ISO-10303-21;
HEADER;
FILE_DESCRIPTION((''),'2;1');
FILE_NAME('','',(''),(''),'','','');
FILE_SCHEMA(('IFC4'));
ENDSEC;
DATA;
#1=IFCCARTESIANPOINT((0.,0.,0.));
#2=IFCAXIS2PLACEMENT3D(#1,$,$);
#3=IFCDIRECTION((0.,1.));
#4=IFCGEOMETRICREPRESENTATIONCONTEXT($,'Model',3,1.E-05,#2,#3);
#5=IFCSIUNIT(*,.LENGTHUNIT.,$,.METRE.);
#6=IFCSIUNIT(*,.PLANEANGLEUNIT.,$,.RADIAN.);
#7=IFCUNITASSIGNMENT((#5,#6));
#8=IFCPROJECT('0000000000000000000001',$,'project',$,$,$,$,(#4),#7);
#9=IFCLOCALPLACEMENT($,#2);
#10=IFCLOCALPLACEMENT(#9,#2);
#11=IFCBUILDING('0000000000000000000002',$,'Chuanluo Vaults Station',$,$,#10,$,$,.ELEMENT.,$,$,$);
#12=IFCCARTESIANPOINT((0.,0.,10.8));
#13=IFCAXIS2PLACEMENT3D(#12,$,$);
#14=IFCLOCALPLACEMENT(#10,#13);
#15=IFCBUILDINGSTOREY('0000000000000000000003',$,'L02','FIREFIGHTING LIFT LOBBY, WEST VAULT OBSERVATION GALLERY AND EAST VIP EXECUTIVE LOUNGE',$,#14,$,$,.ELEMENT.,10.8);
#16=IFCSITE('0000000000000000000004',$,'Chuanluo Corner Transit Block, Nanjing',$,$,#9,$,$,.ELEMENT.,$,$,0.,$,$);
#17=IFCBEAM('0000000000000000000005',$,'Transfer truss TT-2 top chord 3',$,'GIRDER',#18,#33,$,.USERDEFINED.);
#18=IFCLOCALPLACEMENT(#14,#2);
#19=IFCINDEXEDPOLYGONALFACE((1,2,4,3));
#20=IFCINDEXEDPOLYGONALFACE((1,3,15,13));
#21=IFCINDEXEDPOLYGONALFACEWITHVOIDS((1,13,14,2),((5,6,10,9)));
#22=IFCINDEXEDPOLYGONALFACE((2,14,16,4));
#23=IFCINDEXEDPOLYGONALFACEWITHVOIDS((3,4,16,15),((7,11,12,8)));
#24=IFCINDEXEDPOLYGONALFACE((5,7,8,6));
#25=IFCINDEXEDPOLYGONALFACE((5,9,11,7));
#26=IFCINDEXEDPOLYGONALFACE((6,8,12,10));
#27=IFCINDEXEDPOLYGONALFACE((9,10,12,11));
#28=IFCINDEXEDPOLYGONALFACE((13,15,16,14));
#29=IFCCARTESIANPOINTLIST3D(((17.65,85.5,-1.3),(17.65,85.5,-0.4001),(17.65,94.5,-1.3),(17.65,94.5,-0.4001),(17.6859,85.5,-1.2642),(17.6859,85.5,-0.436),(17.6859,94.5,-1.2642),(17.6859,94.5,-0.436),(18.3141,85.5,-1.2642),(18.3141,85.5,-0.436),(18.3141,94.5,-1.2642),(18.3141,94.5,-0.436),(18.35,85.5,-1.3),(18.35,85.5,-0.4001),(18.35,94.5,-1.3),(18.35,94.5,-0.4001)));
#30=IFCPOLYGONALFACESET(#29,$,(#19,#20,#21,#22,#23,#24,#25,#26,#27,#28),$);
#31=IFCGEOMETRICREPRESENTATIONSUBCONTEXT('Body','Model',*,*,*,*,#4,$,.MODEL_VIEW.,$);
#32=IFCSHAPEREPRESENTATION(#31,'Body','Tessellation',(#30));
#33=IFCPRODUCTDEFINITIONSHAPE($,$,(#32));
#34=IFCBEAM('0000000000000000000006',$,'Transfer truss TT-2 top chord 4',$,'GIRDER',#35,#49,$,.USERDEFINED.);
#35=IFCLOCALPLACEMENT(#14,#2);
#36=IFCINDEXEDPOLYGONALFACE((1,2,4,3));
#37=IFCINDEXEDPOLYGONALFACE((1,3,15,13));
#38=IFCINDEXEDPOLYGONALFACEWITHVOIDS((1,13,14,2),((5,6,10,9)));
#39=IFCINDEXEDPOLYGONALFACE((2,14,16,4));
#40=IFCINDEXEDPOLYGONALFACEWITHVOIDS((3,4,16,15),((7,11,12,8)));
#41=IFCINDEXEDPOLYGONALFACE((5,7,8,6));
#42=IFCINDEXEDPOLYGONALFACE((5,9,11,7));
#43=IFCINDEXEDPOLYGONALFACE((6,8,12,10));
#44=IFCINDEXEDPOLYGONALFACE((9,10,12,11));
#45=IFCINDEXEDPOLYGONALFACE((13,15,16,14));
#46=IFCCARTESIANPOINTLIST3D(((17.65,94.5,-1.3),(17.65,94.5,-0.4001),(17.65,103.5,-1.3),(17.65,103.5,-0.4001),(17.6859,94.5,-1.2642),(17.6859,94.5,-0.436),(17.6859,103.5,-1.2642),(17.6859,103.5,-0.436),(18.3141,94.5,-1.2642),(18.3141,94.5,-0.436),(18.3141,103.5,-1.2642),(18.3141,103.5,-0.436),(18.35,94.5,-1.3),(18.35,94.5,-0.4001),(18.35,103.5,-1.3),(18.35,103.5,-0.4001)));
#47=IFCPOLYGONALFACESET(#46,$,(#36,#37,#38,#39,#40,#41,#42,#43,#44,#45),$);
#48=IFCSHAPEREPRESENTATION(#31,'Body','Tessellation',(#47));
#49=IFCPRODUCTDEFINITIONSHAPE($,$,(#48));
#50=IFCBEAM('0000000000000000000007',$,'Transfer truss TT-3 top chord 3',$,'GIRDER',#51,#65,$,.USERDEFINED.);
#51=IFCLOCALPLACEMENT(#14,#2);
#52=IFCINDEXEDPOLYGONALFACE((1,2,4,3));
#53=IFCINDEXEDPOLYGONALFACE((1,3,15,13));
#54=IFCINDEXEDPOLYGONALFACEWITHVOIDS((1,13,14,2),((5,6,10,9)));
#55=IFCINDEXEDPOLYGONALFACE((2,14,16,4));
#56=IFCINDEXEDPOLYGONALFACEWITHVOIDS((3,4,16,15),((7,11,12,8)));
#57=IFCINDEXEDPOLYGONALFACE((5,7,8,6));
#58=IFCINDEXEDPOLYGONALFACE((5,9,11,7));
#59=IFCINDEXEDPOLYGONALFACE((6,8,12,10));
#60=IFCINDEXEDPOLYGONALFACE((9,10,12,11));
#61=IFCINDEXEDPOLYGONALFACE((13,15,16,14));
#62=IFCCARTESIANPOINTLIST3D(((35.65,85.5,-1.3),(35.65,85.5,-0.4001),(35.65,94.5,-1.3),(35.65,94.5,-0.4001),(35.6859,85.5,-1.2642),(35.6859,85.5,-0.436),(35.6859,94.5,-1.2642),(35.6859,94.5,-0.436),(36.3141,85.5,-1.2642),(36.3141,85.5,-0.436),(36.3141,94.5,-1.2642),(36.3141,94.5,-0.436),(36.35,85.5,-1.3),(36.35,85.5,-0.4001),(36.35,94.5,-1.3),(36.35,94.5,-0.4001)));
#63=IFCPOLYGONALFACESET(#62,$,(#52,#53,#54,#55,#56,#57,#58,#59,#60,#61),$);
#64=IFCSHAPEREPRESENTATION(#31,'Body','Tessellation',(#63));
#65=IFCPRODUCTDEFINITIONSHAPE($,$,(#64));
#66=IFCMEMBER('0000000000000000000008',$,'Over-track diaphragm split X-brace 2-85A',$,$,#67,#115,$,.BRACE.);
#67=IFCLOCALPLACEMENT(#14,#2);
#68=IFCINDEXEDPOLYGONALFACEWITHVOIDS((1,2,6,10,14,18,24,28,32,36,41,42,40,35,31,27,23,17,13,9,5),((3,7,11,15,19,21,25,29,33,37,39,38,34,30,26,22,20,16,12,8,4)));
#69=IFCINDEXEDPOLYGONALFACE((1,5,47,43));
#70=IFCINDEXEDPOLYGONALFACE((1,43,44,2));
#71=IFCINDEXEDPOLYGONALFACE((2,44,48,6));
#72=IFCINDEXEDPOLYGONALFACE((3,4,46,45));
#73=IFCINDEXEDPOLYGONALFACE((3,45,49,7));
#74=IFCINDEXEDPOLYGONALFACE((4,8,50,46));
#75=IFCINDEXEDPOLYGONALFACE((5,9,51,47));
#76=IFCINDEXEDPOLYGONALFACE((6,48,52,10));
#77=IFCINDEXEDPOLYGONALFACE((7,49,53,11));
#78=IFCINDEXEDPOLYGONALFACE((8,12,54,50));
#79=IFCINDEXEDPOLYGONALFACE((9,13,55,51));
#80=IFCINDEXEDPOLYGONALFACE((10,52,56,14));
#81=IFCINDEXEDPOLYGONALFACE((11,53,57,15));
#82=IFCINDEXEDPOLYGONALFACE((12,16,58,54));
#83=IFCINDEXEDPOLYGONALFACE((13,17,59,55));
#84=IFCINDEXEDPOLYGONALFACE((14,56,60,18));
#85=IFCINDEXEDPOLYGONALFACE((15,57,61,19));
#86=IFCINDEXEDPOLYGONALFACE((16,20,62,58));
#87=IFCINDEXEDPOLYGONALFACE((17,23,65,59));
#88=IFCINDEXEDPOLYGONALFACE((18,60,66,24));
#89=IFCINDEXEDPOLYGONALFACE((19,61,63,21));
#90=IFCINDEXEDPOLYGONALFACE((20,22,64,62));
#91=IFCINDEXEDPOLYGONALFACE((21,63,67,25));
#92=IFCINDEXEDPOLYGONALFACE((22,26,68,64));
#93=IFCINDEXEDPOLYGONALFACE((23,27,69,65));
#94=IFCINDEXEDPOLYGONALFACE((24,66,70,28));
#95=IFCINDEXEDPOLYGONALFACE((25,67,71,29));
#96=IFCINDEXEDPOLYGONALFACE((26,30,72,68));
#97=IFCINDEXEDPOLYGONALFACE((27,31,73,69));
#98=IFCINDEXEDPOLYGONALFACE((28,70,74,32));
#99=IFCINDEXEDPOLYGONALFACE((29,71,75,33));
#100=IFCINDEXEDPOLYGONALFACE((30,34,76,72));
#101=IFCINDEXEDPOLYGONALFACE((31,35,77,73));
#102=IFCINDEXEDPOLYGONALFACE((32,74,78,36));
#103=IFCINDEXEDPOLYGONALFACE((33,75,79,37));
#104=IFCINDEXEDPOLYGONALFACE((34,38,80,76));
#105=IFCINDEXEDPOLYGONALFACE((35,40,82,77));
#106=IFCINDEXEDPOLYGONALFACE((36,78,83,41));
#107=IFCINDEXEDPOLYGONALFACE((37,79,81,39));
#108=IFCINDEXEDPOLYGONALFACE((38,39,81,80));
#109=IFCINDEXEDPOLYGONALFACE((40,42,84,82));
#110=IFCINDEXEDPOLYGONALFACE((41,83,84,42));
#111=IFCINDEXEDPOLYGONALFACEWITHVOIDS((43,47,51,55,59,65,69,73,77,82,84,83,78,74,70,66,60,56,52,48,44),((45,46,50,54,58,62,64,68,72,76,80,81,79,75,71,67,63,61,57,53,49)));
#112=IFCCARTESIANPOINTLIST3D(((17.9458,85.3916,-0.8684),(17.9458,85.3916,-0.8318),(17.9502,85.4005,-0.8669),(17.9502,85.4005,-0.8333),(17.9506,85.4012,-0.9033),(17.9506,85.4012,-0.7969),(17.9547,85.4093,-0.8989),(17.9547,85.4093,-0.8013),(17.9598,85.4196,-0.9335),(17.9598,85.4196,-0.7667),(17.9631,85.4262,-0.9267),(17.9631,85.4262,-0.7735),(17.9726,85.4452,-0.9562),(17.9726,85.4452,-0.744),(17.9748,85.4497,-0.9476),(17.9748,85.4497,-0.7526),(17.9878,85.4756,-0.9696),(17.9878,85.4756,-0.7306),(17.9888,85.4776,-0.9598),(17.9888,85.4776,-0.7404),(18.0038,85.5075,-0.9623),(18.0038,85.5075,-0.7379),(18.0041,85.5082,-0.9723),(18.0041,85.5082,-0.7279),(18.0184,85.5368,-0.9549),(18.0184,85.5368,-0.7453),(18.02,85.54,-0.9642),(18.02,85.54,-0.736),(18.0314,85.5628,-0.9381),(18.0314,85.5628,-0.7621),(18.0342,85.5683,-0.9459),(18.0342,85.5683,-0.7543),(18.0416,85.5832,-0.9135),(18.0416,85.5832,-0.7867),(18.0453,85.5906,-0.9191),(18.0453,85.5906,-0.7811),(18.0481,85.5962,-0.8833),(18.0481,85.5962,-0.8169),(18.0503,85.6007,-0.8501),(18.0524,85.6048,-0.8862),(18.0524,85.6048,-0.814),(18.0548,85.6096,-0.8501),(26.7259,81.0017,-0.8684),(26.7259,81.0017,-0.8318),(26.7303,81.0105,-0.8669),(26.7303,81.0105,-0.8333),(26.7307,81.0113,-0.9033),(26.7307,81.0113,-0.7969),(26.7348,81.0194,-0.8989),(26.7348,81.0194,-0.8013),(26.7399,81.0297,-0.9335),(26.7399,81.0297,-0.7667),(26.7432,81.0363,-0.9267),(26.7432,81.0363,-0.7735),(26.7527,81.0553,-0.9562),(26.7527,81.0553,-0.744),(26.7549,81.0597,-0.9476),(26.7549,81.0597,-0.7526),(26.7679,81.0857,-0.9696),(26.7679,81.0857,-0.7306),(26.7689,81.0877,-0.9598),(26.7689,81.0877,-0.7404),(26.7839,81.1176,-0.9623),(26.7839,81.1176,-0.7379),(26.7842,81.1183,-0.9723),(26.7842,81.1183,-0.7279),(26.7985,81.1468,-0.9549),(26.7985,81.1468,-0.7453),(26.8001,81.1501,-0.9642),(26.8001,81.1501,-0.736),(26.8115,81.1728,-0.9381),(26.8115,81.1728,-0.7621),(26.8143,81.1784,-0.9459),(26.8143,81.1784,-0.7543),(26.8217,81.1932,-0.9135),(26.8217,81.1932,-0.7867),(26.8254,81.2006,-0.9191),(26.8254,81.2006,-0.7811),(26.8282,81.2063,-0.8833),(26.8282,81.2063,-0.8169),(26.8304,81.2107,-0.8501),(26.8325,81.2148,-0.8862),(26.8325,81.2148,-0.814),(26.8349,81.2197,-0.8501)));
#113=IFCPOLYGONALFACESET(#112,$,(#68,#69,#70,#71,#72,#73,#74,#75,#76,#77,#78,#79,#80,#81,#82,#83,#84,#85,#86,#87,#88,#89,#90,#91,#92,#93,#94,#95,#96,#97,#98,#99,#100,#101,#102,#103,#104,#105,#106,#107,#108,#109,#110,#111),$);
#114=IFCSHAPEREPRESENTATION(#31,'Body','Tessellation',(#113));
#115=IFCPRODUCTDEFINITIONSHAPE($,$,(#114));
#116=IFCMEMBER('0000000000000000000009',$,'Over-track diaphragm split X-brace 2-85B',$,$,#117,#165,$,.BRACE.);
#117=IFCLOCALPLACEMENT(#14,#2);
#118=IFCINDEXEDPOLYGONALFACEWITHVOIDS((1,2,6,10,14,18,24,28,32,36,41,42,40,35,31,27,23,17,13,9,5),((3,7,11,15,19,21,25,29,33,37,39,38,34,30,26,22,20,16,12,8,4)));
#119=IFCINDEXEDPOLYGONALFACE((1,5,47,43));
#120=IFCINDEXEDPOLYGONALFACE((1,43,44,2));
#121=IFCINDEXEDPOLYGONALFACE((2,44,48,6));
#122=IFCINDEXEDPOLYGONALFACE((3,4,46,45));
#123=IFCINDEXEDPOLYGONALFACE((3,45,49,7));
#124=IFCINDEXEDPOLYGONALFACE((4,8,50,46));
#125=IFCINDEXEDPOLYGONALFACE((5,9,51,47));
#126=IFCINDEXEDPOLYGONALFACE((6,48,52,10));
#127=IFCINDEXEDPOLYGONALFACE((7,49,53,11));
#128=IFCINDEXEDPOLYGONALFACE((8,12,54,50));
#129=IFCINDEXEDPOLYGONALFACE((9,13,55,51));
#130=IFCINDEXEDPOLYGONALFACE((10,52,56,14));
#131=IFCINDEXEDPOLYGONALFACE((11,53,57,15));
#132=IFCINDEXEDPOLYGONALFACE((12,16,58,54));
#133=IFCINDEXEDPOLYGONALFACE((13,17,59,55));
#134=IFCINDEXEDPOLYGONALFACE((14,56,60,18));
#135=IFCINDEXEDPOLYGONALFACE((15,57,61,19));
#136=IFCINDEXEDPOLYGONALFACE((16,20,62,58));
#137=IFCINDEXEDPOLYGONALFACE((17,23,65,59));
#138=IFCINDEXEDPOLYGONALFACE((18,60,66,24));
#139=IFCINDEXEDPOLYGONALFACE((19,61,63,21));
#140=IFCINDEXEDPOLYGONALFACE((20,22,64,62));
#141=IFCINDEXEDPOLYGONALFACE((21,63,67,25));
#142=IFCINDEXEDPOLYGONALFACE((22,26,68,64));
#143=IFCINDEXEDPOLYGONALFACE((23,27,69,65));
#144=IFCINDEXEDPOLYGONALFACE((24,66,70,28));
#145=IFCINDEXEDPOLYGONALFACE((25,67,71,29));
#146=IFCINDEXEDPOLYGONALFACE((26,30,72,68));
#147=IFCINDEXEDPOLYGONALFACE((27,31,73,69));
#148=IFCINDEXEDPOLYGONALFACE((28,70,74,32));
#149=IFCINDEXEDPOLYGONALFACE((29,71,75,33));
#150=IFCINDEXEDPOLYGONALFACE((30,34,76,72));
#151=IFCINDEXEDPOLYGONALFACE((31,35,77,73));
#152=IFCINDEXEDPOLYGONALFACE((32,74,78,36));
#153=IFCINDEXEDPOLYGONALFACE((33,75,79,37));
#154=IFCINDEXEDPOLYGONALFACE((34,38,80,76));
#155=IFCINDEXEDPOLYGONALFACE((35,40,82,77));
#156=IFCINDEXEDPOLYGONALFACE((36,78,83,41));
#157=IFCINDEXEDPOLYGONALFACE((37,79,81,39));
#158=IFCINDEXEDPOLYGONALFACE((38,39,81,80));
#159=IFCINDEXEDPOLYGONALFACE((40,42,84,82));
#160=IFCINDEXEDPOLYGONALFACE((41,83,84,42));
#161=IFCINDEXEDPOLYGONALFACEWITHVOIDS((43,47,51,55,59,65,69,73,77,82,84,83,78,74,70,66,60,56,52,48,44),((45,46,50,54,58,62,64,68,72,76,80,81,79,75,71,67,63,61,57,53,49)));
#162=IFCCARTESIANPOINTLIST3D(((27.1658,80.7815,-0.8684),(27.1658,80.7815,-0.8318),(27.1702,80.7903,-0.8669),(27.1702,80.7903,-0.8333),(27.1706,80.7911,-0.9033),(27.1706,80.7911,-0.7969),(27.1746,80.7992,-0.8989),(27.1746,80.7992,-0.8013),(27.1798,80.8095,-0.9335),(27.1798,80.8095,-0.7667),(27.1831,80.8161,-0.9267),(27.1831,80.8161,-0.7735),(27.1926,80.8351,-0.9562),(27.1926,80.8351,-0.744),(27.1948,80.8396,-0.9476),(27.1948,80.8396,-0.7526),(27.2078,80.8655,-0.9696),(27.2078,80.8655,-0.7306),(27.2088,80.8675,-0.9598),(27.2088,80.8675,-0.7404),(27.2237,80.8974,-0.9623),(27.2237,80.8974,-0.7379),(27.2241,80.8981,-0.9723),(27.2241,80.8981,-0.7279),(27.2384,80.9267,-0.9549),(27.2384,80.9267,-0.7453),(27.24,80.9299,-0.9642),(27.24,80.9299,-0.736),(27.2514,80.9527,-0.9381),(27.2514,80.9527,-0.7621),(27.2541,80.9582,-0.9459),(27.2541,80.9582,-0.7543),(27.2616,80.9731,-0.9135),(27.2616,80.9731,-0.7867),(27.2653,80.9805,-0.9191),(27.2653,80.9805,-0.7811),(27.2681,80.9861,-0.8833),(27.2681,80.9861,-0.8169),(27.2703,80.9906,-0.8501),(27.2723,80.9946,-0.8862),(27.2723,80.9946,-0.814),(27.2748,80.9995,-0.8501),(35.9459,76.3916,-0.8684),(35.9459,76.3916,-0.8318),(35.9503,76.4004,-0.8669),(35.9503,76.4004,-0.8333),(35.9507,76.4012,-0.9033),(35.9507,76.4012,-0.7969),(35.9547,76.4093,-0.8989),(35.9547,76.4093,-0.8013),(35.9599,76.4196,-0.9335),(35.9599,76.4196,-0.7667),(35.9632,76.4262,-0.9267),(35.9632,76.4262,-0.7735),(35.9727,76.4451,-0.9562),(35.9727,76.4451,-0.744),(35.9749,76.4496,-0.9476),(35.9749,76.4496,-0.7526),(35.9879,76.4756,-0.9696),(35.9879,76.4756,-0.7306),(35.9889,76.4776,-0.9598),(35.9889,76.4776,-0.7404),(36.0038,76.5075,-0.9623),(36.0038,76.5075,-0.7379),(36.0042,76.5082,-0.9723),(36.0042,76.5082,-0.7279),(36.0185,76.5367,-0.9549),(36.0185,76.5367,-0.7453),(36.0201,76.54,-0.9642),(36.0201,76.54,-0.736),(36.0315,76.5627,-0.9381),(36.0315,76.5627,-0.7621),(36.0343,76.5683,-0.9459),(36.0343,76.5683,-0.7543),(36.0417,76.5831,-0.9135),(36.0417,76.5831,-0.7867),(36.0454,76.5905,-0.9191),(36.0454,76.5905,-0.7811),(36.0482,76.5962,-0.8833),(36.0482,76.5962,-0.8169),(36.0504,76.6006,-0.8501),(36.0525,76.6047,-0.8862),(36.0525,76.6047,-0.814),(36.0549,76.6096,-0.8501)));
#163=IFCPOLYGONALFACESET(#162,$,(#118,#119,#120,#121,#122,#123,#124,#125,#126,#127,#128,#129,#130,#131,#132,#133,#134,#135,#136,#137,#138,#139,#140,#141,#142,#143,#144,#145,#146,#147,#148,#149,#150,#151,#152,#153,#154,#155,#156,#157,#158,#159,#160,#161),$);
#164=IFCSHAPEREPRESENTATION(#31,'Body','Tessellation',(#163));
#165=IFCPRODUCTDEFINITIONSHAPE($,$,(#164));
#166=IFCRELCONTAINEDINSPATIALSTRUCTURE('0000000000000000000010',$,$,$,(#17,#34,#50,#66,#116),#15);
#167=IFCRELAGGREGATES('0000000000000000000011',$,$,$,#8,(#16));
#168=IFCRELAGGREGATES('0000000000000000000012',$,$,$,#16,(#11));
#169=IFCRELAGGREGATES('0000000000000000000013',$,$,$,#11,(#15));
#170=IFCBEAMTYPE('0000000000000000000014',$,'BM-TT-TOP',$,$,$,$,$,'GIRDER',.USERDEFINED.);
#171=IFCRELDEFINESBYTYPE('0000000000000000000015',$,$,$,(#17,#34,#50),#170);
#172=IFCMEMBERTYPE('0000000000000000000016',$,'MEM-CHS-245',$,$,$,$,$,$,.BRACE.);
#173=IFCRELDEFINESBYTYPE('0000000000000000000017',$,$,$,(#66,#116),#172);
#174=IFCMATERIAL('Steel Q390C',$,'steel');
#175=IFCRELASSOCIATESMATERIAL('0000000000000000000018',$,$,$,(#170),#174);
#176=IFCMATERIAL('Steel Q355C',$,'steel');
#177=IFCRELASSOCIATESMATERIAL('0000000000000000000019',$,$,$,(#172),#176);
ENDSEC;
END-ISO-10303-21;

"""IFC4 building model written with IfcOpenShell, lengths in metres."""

from ifc_helpers import new_model, si_unit, direction, frame, origin, origin_2d, place, context, subcontext, project, spatial, hollow_rectangle, hollow_circle, extrude, material, material_profile, profile_set, type_object, element, save


model = new_model("IFC4")

# Units and contexts
model_context = context("Model", 3, precision=1e-05, world=origin(), true_north=direction((0.0, 1.0)))
body_context = subcontext(model_context, "Body", "Model", "MODEL_VIEW")
ifc_project = project(units=[si_unit("LENGTHUNIT", "METRE"), si_unit("PLANEANGLEUNIT", "RADIAN")], contexts=[model_context])

# Site, building, storey
site_placement = place(None, origin())
site = spatial("IfcSite", under=ifc_project, at=site_placement, Name="Chuanluo Corner Transit Block, Nanjing", CompositionType="ELEMENT", RefElevation=0.0)
building_placement = place(site_placement, origin())
building = spatial("IfcBuilding", under=site, at=building_placement, Name="Chuanluo Vaults Station", CompositionType="ELEMENT")
storey_placement = place(building_placement, frame((0.0, 0.0, 10.8)))
storey = spatial("IfcBuildingStorey", under=building, at=storey_placement, Name="L02", Description="FIREFIGHTING LIFT LOBBY, WEST VAULT OBSERVATION GALLERY AND EAST VIP EXECUTIVE LOUNGE", CompositionType="ELEMENT", Elevation=10.8)

# Beams
ifc_material_1 = material(Name="Steel Q390C", Category="steel")
ifc_material_profile_1 = material_profile(ifc_material_1, hollow_rectangle(XDim=0.7, YDim=0.8999, WallThickness=0.0359, at=origin_2d()))
ifc_profile_set_1 = profile_set([ifc_material_profile_1], Name="Steel Q390C")
beam_type_1 = type_object("IfcBeamType", Name="BM-TT-TOP", ElementType="GIRDER", PredefinedType="USERDEFINED", material=ifc_profile_set_1)
for number, where, z_axis, x_axis, name in (
    (1, (18.0, 85.5, -0.8501), (0.0, 1.0, 0.0), (-1.0, 0.0, 0.0), "Transfer truss TT-2 top chord 3"),
    (2, (18.0, 94.5, -0.8501), (0.0, 1.0, 0.0), (-1.0, 0.0, 0.0), "Transfer truss TT-2 top chord 4"),
    (3, (36.0, 85.5, -0.8501), (0.0, 1.0, 0.0), (-1.0, 0.0, 0.0), "Transfer truss TT-3 top chord 3"),
):
    element("IfcBeam", number, at=place(storey_placement, frame(where, z_axis=z_axis, x_axis=x_axis)), inside=storey, type_object=beam_type_1, Name=name, ObjectType="GIRDER", PredefinedType="USERDEFINED", context=body_context, shape_type="SweptSolid", body=[
        extrude(hollow_rectangle(XDim=0.7, YDim=0.8999, WallThickness=0.0359, at=origin_2d()), origin(), (0.0, 0.0, 1.0), 9.0),
    ])

# Members
ifc_material_2 = material(Name="Steel Q355C", Category="steel")
ifc_material_profile_2 = material_profile(ifc_material_2, hollow_circle(Radius=0.1226, WallThickness=0.01, at=origin_2d()))
ifc_profile_set_2 = profile_set([ifc_material_profile_2], Name="Steel Q355C")
member_type_1 = type_object("IfcMemberType", Name="MEM-CHS-245", PredefinedType="BRACE", material=ifc_profile_set_2)
for number, where, z_axis, x_axis, name in (
    (4, (18.0, 85.5, -0.8501), (0.894432, -0.447204, 0.0), (0.447204, 0.894432, 0.0), "Over-track diaphragm split X-brace 2-85A"),
    (5, (27.22, 80.8899, -0.8501), (0.894432, -0.447204, 0.0), (0.447204, 0.894432, 0.0), "Over-track diaphragm split X-brace 2-85B"),
):
    element("IfcMember", number, at=place(storey_placement, frame(where, z_axis=z_axis, x_axis=x_axis)), inside=storey, type_object=member_type_1, Name=name, PredefinedType="BRACE", context=body_context, shape_type="SweptSolid", body=[
        extrude(hollow_circle(Radius=0.1226, WallThickness=0.01, at=origin_2d()), origin(), (0.0, 0.0, 1.0), 9.8164),
    ])

save(model, "model.ifc")
